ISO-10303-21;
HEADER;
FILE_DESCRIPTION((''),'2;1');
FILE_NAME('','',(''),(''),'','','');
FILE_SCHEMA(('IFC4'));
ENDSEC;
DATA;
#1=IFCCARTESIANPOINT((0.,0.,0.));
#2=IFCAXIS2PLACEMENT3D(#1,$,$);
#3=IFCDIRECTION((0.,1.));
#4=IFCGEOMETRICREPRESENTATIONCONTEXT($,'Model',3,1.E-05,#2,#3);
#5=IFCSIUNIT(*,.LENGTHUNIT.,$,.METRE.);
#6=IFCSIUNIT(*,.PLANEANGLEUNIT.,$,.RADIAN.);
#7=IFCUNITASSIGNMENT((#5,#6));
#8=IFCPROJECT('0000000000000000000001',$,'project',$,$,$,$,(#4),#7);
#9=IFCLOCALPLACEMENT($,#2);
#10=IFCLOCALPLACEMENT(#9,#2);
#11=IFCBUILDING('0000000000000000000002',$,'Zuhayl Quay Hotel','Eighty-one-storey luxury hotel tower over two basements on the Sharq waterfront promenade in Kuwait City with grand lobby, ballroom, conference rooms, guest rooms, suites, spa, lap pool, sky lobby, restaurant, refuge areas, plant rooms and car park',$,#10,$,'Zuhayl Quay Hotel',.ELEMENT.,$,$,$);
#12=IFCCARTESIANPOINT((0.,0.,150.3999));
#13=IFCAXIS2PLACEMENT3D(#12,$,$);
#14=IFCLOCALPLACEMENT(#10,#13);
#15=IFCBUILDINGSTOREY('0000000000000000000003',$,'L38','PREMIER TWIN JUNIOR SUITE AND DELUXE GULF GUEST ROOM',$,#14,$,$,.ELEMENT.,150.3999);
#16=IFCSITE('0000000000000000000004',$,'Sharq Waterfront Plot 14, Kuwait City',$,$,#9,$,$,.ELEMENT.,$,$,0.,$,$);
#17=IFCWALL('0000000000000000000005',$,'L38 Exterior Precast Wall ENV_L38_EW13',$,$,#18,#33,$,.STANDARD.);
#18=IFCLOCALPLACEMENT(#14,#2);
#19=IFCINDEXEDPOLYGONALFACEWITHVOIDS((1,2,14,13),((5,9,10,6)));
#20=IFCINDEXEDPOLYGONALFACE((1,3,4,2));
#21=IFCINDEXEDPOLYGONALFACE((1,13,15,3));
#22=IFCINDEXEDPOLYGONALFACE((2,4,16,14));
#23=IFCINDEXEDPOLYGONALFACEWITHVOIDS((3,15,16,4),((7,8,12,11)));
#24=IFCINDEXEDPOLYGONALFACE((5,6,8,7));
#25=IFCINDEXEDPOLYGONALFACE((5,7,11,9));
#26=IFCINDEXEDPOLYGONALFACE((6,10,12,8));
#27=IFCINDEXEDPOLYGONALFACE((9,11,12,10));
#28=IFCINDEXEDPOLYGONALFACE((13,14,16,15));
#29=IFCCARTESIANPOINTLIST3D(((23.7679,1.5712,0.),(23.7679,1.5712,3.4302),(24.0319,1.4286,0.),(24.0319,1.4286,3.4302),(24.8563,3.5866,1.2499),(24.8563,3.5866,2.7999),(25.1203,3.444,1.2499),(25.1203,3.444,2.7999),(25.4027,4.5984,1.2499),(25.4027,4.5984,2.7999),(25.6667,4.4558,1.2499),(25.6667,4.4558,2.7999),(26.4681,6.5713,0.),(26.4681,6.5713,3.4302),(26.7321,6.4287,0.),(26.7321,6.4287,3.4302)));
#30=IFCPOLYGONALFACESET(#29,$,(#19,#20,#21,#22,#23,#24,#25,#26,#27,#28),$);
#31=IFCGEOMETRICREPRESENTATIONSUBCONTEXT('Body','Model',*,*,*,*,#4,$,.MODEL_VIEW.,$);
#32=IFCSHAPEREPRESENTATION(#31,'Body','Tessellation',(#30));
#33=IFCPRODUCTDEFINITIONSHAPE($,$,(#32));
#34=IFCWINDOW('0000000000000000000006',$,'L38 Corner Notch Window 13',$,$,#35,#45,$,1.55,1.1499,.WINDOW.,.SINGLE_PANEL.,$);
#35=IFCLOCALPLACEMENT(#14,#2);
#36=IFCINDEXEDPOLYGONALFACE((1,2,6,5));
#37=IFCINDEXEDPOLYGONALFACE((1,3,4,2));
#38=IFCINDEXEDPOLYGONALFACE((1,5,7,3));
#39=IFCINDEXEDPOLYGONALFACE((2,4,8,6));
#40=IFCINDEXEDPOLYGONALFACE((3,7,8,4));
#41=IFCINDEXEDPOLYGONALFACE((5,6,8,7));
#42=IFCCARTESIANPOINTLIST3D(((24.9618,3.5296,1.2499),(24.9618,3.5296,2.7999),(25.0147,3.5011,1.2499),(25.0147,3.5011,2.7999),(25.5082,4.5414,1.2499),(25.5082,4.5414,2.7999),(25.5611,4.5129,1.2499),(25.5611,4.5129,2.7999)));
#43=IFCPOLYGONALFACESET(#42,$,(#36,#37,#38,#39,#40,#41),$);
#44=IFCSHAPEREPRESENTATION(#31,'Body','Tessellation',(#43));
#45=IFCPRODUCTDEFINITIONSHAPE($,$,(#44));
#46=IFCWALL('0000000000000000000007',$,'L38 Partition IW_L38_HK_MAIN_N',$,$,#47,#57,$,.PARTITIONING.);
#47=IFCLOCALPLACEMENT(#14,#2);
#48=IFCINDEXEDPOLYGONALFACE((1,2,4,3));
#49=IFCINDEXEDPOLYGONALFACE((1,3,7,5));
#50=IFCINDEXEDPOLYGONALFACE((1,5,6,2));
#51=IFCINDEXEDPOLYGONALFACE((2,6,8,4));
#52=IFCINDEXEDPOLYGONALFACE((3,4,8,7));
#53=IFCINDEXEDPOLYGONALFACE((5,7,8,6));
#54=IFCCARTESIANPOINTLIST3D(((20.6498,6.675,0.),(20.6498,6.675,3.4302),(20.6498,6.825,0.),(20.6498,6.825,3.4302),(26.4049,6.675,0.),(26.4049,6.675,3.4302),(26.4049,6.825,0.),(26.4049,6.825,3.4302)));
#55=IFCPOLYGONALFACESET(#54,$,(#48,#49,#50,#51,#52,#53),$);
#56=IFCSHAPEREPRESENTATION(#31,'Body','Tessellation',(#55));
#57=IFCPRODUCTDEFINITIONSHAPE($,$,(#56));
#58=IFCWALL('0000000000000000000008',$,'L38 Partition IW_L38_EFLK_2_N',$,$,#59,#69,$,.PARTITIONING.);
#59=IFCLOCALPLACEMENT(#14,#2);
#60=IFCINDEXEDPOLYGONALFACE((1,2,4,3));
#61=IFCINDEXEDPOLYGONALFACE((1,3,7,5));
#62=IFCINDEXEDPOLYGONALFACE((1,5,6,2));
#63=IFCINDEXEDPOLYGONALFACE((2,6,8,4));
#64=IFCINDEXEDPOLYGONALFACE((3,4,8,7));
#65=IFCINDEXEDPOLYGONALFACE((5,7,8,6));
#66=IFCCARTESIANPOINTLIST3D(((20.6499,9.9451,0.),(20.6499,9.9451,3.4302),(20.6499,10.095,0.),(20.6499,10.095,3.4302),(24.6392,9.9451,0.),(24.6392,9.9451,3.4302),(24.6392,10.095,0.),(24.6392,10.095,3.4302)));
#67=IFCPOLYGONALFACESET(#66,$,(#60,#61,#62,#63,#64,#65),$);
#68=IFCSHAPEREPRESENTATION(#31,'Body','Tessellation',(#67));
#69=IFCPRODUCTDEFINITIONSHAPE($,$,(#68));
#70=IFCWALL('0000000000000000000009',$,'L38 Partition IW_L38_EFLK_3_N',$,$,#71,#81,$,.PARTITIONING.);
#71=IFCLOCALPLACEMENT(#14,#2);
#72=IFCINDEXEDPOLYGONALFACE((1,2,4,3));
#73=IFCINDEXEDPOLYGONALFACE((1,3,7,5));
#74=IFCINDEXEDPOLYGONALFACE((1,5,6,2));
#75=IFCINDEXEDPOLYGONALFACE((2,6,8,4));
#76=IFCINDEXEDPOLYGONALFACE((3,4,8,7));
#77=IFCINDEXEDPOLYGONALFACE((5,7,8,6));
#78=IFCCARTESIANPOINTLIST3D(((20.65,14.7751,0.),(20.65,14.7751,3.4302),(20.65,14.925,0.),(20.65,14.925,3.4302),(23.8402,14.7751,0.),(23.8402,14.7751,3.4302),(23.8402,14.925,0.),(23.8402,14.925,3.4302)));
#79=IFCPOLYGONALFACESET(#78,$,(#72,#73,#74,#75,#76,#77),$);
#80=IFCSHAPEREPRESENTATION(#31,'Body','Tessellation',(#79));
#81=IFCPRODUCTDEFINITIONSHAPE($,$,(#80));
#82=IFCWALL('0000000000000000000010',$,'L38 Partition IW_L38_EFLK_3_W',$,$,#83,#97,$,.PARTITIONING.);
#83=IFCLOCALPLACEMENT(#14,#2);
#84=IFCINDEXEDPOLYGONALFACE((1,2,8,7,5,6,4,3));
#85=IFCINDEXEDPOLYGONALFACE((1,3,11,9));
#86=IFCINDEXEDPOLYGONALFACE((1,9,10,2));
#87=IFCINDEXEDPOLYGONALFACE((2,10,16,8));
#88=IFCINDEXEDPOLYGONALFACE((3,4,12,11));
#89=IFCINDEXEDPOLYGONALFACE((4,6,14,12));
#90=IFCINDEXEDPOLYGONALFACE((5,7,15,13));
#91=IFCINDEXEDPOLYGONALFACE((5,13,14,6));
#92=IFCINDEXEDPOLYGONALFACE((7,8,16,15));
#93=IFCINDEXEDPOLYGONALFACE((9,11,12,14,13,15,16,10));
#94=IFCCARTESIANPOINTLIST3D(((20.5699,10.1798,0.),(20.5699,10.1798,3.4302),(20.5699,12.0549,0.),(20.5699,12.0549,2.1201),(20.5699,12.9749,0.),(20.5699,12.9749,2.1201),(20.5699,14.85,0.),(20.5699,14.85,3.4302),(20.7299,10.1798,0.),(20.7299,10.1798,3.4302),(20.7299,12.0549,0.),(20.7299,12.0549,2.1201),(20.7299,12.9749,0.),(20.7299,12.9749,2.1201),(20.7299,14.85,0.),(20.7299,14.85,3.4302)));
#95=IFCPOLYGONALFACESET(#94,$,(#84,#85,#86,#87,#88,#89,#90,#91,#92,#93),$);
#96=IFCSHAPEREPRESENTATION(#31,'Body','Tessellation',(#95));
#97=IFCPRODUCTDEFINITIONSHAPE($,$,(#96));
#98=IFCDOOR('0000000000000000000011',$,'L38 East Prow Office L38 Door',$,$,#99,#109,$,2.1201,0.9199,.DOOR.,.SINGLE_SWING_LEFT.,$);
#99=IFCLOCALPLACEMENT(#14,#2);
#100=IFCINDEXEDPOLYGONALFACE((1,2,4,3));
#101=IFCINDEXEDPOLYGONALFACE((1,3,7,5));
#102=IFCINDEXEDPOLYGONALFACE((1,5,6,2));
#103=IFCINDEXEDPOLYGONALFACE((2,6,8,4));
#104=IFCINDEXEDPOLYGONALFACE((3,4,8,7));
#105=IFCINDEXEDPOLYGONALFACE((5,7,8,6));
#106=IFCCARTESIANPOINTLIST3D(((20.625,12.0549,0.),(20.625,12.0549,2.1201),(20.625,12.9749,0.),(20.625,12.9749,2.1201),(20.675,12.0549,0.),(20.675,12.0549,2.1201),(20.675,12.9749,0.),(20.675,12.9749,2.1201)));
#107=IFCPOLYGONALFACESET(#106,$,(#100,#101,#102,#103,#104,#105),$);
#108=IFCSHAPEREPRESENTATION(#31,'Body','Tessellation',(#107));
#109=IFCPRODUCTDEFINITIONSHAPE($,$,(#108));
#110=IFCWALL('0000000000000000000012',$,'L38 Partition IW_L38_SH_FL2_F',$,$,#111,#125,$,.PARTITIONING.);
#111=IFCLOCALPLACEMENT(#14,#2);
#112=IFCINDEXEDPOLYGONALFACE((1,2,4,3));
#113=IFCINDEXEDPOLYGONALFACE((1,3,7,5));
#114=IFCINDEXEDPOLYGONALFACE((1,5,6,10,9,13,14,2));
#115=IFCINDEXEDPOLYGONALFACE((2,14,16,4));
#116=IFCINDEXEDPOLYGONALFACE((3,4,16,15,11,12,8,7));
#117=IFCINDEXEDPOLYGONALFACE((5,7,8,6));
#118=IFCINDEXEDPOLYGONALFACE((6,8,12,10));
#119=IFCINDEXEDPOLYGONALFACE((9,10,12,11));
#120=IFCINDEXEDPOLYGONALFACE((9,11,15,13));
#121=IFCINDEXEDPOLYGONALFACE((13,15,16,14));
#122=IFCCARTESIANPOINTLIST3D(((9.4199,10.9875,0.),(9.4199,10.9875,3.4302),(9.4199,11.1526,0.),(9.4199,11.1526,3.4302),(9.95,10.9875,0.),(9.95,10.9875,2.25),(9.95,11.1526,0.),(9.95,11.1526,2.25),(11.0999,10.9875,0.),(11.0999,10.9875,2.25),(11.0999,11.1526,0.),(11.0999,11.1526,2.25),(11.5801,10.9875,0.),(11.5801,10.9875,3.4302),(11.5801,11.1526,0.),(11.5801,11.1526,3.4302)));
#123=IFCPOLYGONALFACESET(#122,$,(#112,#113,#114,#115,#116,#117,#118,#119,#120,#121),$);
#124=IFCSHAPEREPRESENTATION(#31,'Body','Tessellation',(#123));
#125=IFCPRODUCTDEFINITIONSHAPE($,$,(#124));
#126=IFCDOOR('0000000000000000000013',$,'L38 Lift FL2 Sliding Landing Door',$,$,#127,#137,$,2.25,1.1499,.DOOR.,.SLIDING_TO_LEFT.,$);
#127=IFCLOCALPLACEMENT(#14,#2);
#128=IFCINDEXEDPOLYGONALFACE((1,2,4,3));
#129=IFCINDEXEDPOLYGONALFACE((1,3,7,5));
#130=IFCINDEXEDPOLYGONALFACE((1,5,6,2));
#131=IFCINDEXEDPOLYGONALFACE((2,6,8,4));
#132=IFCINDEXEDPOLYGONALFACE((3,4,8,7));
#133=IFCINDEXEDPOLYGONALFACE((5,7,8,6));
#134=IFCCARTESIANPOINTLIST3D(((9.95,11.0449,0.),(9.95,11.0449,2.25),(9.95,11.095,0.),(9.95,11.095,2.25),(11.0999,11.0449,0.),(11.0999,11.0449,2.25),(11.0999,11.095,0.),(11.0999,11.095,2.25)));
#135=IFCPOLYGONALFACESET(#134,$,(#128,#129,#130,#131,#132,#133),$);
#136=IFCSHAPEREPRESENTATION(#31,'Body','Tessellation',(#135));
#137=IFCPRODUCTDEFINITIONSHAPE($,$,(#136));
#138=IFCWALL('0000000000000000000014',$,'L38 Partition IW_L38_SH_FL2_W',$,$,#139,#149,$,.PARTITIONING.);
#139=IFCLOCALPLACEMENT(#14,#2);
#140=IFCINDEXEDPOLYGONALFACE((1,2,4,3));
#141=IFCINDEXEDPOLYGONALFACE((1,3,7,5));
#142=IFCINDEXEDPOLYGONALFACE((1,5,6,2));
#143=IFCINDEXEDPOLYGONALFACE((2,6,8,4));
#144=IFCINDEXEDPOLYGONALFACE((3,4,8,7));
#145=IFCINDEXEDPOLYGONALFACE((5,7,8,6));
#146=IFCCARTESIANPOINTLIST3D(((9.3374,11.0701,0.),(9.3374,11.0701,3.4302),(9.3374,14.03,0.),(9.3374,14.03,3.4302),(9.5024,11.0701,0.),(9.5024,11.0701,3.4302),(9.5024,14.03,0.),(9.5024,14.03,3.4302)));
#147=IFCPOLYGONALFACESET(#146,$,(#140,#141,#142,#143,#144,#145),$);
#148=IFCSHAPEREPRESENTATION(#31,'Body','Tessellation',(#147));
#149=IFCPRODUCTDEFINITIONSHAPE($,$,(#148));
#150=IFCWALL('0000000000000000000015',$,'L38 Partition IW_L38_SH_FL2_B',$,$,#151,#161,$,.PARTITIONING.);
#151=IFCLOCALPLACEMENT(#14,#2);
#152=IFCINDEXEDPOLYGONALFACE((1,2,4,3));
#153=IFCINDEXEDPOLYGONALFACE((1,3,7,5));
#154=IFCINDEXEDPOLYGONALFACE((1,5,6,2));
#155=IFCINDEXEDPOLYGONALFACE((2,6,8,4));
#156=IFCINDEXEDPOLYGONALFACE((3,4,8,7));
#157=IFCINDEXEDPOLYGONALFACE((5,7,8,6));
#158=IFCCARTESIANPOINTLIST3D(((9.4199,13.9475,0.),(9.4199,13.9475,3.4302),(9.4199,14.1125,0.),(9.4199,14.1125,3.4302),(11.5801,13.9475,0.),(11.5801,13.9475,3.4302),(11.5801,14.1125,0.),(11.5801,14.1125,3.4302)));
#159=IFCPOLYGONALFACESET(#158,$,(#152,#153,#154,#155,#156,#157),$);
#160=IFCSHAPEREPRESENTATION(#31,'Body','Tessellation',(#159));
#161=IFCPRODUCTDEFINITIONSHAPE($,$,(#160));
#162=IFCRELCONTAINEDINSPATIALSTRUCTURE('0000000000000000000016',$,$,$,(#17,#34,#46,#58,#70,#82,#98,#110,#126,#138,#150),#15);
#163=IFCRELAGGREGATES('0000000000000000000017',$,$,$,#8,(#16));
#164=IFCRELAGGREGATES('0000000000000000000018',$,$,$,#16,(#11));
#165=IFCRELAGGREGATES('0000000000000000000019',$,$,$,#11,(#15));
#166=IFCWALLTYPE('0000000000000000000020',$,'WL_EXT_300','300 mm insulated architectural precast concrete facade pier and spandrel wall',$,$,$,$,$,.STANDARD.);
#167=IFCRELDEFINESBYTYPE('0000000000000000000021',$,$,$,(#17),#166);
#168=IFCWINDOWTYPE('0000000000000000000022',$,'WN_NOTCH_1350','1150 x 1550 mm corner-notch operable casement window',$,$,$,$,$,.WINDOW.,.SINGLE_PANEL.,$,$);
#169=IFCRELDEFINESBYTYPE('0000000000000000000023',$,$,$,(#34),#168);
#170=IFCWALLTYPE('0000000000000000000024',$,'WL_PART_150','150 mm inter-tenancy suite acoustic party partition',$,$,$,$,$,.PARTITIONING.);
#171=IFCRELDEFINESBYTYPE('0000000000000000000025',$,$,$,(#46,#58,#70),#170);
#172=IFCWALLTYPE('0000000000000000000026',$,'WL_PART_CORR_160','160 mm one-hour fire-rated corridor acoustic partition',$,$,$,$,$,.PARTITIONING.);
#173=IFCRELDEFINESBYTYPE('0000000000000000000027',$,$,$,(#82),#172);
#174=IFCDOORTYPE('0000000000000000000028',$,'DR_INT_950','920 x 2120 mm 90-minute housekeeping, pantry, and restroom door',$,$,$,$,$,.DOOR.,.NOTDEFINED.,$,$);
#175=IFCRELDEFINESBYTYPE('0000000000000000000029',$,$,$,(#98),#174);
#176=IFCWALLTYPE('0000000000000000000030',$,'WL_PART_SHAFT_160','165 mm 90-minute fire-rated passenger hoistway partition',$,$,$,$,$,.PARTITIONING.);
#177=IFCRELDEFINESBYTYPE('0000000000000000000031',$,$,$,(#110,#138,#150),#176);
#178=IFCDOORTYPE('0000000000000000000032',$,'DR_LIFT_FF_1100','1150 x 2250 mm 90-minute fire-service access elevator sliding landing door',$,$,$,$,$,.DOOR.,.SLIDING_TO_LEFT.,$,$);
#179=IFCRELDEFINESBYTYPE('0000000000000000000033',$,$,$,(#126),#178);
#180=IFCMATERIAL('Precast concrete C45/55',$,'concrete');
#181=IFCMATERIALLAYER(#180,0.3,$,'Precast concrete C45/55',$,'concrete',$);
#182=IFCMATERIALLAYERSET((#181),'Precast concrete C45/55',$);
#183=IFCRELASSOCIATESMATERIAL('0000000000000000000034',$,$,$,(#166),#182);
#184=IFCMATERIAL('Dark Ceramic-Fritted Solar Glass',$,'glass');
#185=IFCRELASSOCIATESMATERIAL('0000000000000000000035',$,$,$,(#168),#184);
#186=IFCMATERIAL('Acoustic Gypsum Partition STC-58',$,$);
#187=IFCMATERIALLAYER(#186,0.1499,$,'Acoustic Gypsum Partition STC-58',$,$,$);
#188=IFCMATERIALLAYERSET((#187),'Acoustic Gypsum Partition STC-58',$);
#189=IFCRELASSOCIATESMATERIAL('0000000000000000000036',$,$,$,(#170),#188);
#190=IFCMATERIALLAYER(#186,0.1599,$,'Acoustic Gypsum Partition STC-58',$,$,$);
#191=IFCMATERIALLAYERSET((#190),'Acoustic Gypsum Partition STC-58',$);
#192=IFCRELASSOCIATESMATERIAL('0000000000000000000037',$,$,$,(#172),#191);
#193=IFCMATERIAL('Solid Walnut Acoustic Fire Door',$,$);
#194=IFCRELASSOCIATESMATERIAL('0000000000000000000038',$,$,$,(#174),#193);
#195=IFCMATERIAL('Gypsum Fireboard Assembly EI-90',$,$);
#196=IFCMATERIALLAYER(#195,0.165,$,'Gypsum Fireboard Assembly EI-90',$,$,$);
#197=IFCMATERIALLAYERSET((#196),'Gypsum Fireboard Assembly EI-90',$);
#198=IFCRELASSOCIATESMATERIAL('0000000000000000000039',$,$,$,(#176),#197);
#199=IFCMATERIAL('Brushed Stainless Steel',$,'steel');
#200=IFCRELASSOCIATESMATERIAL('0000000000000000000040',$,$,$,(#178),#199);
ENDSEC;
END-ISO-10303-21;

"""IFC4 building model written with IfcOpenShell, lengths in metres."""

from ifc_helpers import new_model, si_unit, direction, frame, frame_2d, origin, place, context, subcontext, project, spatial, rectangle, extrude, material, layer, layer_set, type_object, element, fill, save


model = new_model("IFC4")

# Units and contexts
model_context = context("Model", 3, precision=1e-05, world=origin(), true_north=direction((0.0, 1.0)))
body_context = subcontext(model_context, "Body", "Model", "MODEL_VIEW")
ifc_project = project(units=[si_unit("LENGTHUNIT", "METRE"), si_unit("PLANEANGLEUNIT", "RADIAN")], contexts=[model_context])

# Site, building, storey
site_placement = place(None, origin())
site = spatial("IfcSite", under=ifc_project, at=site_placement, Name="Sharq Waterfront Plot 14, Kuwait City", CompositionType="ELEMENT", RefElevation=0.0)
building_placement = place(site_placement, origin())
building = spatial("IfcBuilding", under=site, at=building_placement, Name="Zuhayl Quay Hotel", Description="Eighty-one-storey luxury hotel tower over two basements on the Sharq waterfront promenade in Kuwait City with grand lobby, ballroom, conference rooms, guest rooms, suites, spa, lap pool, sky lobby, restaurant, refuge areas, plant rooms and car park", LongName="Zuhayl Quay Hotel", CompositionType="ELEMENT")
storey_placement = place(building_placement, frame((0.0, 0.0, 150.3999)))
storey = spatial("IfcBuildingStorey", under=building, at=storey_placement, Name="L38", Description="PREMIER TWIN JUNIOR SUITE AND DELUXE GULF GUEST ROOM", CompositionType="ELEMENT", Elevation=150.3999)

# Wall, opening, window
ifc_material_1 = material(Name="Precast concrete C45/55", Category="concrete")
ifc_layer_1 = layer(ifc_material_1, 0.3, Name="Precast concrete C45/55", Category="concrete")
ifc_layer_set_1 = layer_set([ifc_layer_1], Name="Precast concrete C45/55")
wall_type_1 = type_object("IfcWallType", Name="WL_EXT_300", Description="300 mm insulated architectural precast concrete facade pier and spandrel wall", PredefinedType="STANDARD", material=ifc_layer_set_1)
ifc_material_2 = material(Name="Dark Ceramic-Fritted Solar Glass", Category="glass")
window_type_1 = type_object("IfcWindowType", Name="WN_NOTCH_1350", Description="1150 x 1550 mm corner-notch operable casement window", PartitioningType="SINGLE_PANEL", PredefinedType="WINDOW", material=ifc_material_2)
wall_1_placement = place(storey_placement, frame((26.6001, 6.5, 0.0), z_axis=(0.0, 0.0, 1.0), x_axis=(-0.475176, -0.879891, 0.0)))
wall_1 = element("IfcWall", 1, at=wall_1_placement, inside=storey, type_object=wall_type_1, Name="L38 Exterior Precast Wall ENV_L38_EW13", PredefinedType="STANDARD", context=body_context, shape_type="SweptSolid", body=[
    extrude(rectangle(XDim=5.6826, YDim=0.3, at=frame_2d((2.8413, 0.0))), origin(), (0.0, 0.0, 1.0), 3.4302),
])
opening_1_placement = place(wall_1_placement, frame((2.2422, 0.0, 1.25)))
opening_1 = element("IfcOpeningElement", 2, at=opening_1_placement, cuts=wall_1, PredefinedType="OPENING", context=body_context, shape_type="SweptSolid", body=[
    extrude(rectangle(XDim=1.1499, YDim=1.55, at=frame_2d((0.575, 0.7749))), frame((0.0, 0.1599, 0.0), z_axis=(0.0, -1.0, 0.0), x_axis=(1.0, 0.0, 0.0)), (0.0, 0.0, 1.0), 0.3201),
])
window_1_placement = place(opening_1_placement, origin())
window_1 = element("IfcWindow", 3, at=window_1_placement, inside=storey, type_object=window_type_1, Name="L38 Corner Notch Window 13", OverallHeight=1.55, OverallWidth=1.1499, PartitioningType="SINGLE_PANEL", PredefinedType="WINDOW", context=body_context, shape_type="SweptSolid", body=[
    extrude(rectangle(XDim=1.1499, YDim=1.55, at=frame_2d((0.575, 0.7749))), frame((0.0, 0.03, 0.0), z_axis=(0.0, -1.0, 0.0), x_axis=(1.0, 0.0, 0.0)), (0.0, 0.0, 1.0), 0.0601),
])
fill(opening_1, window_1)

# Walls
ifc_material_3 = material(Name="Acoustic Gypsum Partition STC-58")
ifc_layer_2 = layer(ifc_material_3, 0.1499, Name="Acoustic Gypsum Partition STC-58")
ifc_layer_set_2 = layer_set([ifc_layer_2], Name="Acoustic Gypsum Partition STC-58")
wall_type_2 = type_object("IfcWallType", Name="WL_PART_150", Description="150 mm inter-tenancy suite acoustic party partition", PredefinedType="PARTITIONING", material=ifc_layer_set_2)
wall_2_placement = place(storey_placement, frame((20.6499, 6.75, 0.0), z_axis=(0.0, 0.0, 1.0), x_axis=(1.0, 0.0, 0.0)))
element("IfcWall", 4, at=wall_2_placement, inside=storey, type_object=wall_type_2, Name="L38 Partition IW_L38_HK_MAIN_N", PredefinedType="PARTITIONING", context=body_context, shape_type="SweptSolid", body=[
    extrude(rectangle(XDim=5.7551, YDim=0.1499, at=frame_2d((2.8774, 0.0))), origin(), (0.0, 0.0, 1.0), 3.4302),
])
wall_3_placement = place(storey_placement, frame((20.6499, 10.02, 0.0), z_axis=(0.0, 0.0, 1.0), x_axis=(1.0, 0.0, 0.0)))
element("IfcWall", 5, at=wall_3_placement, inside=storey, type_object=wall_type_2, Name="L38 Partition IW_L38_EFLK_2_N", PredefinedType="PARTITIONING", context=body_context, shape_type="SweptSolid", body=[
    extrude(rectangle(XDim=3.9893, YDim=0.1499, at=frame_2d((1.9946, 0.0))), origin(), (0.0, 0.0, 1.0), 3.4302),
])
wall_4_placement = place(storey_placement, frame((20.6499, 14.8501, 0.0), z_axis=(0.0, 0.0, 1.0), x_axis=(1.0, 0.0, 0.0)))
element("IfcWall", 6, at=wall_4_placement, inside=storey, type_object=wall_type_2, Name="L38 Partition IW_L38_EFLK_3_N", PredefinedType="PARTITIONING", context=body_context, shape_type="SweptSolid", body=[
    extrude(rectangle(XDim=3.1902, YDim=0.1499, at=frame_2d((1.5952, 0.0))), origin(), (0.0, 0.0, 1.0), 3.4302),
])

# Walls, openings, doors
ifc_layer_3 = layer(ifc_material_3, 0.1599, Name="Acoustic Gypsum Partition STC-58")
ifc_layer_set_3 = layer_set([ifc_layer_3], Name="Acoustic Gypsum Partition STC-58")
wall_type_3 = type_object("IfcWallType", Name="WL_PART_CORR_160", Description="160 mm one-hour fire-rated corridor acoustic partition", PredefinedType="PARTITIONING", material=ifc_layer_set_3)
ifc_material_4 = material(Name="Solid Walnut Acoustic Fire Door")
door_type_1 = type_object("IfcDoorType", Name="DR_INT_950", Description="920 x 2120 mm 90-minute housekeeping, pantry, and restroom door", OperationType="NOTDEFINED", PredefinedType="DOOR", material=ifc_material_4)
wall_5_placement = place(storey_placement, frame((20.6499, 10.1799, 0.0), z_axis=(0.0, 0.0, 1.0), x_axis=(0.0, 1.0, 0.0)))
wall_5 = element("IfcWall", 7, at=wall_5_placement, inside=storey, type_object=wall_type_3, Name="L38 Partition IW_L38_EFLK_3_W", PredefinedType="PARTITIONING", context=body_context, shape_type="SweptSolid", body=[
    extrude(rectangle(XDim=4.6702, YDim=0.1599, at=frame_2d((2.335, 0.0))), origin(), (0.0, 0.0, 1.0), 3.4302),
])
opening_2_placement = place(wall_5_placement, frame((1.875, 0.0, 0.0)))
opening_2 = element("IfcOpeningElement", 8, at=opening_2_placement, cuts=wall_5, PredefinedType="OPENING", context=body_context, shape_type="SweptSolid", body=[
    extrude(rectangle(XDim=0.9199, YDim=2.1201, at=frame_2d((0.46, 1.0601))), frame((0.0, 0.0898, 0.0), z_axis=(0.0, -1.0, 0.0), x_axis=(1.0, 0.0, 0.0)), (0.0, 0.0, 1.0), 0.1799),
])
door_1_placement = place(opening_2_placement, origin())
door_1 = element("IfcDoor", 9, at=door_1_placement, inside=storey, type_object=door_type_1, Name="L38 East Prow Office L38 Door", OperationType="SINGLE_SWING_LEFT", OverallHeight=2.1201, OverallWidth=0.9199, PredefinedType="DOOR", context=body_context, shape_type="SweptSolid", body=[
    extrude(rectangle(XDim=0.9199, YDim=2.1201, at=frame_2d((0.46, 1.0601))), frame((0.0, 0.0249, 0.0), z_axis=(0.0, -1.0, 0.0), x_axis=(1.0, 0.0, 0.0)), (0.0, 0.0, 1.0), 0.05),
])
fill(opening_2, door_1)
ifc_material_5 = material(Name="Gypsum Fireboard Assembly EI-90")
ifc_layer_4 = layer(ifc_material_5, 0.165, Name="Gypsum Fireboard Assembly EI-90")
ifc_layer_set_4 = layer_set([ifc_layer_4], Name="Gypsum Fireboard Assembly EI-90")
wall_type_4 = type_object("IfcWallType", Name="WL_PART_SHAFT_160", Description="165 mm 90-minute fire-rated passenger hoistway partition", PredefinedType="PARTITIONING", material=ifc_layer_set_4)
wall_6_placement = place(storey_placement, frame((9.4199, 11.0701, 0.0), z_axis=(0.0, 0.0, 1.0), x_axis=(1.0, 0.0, 0.0)))
wall_6 = element("IfcWall", 10, at=wall_6_placement, inside=storey, type_object=wall_type_4, Name="L38 Partition IW_L38_SH_FL2_F", PredefinedType="PARTITIONING", context=body_context, shape_type="SweptSolid", body=[
    extrude(rectangle(XDim=2.1602, YDim=0.165, at=frame_2d((1.0801, 0.0))), origin(), (0.0, 0.0, 1.0), 3.4302),
])
opening_3_placement = place(wall_6_placement, frame((0.53, 0.0, 0.0)))
opening_3 = element("IfcOpeningElement", 11, at=opening_3_placement, cuts=wall_6, PredefinedType="OPENING", context=body_context, shape_type="SweptSolid", body=[
    extrude(rectangle(XDim=1.1499, YDim=2.25, at=frame_2d((0.575, 1.125))), frame((0.0, 0.0925, 0.0), z_axis=(0.0, -1.0, 0.0), x_axis=(1.0, 0.0, 0.0)), (0.0, 0.0, 1.0), 0.1851),
])
ifc_material_6 = material(Name="Brushed Stainless Steel", Category="steel")
door_type_2 = type_object("IfcDoorType", Name="DR_LIFT_FF_1100", Description="1150 x 2250 mm 90-minute fire-service access elevator sliding landing door", OperationType="SLIDING_TO_LEFT", PredefinedType="DOOR", material=ifc_material_6)
door_2_placement = place(opening_3_placement, origin())
door_2 = element("IfcDoor", 12, at=door_2_placement, inside=storey, type_object=door_type_2, Name="L38 Lift FL2 Sliding Landing Door", OperationType="SLIDING_TO_LEFT", OverallHeight=2.25, OverallWidth=1.1499, PredefinedType="DOOR", context=body_context, shape_type="SweptSolid", body=[
    extrude(rectangle(XDim=1.1499, YDim=2.25, at=frame_2d((0.575, 1.125))), frame((0.0, 0.0249, 0.0), z_axis=(0.0, -1.0, 0.0), x_axis=(1.0, 0.0, 0.0)), (0.0, 0.0, 1.0), 0.05),
])
fill(opening_3, door_2)

# Walls
wall_7_placement = place(storey_placement, frame((9.4199, 11.0701, 0.0), z_axis=(0.0, 0.0, 1.0), x_axis=(0.0, 1.0, 0.0)))
element("IfcWall", 13, at=wall_7_placement, inside=storey, type_object=wall_type_4, Name="L38 Partition IW_L38_SH_FL2_W", PredefinedType="PARTITIONING", context=body_context, shape_type="SweptSolid", body=[
    extrude(rectangle(XDim=2.96, YDim=0.165, at=frame_2d((1.48, 0.0))), origin(), (0.0, 0.0, 1.0), 3.4302),
])
wall_8_placement = place(storey_placement, frame((9.4199, 14.03, 0.0), z_axis=(0.0, 0.0, 1.0), x_axis=(1.0, 0.0, 0.0)))
element("IfcWall", 14, at=wall_8_placement, inside=storey, type_object=wall_type_4, Name="L38 Partition IW_L38_SH_FL2_B", PredefinedType="PARTITIONING", context=body_context, shape_type="SweptSolid", body=[
    extrude(rectangle(XDim=2.1602, YDim=0.165, at=frame_2d((1.0801, 0.0))), origin(), (0.0, 0.0, 1.0), 3.4302),
])

save(model, "model.ifc")
